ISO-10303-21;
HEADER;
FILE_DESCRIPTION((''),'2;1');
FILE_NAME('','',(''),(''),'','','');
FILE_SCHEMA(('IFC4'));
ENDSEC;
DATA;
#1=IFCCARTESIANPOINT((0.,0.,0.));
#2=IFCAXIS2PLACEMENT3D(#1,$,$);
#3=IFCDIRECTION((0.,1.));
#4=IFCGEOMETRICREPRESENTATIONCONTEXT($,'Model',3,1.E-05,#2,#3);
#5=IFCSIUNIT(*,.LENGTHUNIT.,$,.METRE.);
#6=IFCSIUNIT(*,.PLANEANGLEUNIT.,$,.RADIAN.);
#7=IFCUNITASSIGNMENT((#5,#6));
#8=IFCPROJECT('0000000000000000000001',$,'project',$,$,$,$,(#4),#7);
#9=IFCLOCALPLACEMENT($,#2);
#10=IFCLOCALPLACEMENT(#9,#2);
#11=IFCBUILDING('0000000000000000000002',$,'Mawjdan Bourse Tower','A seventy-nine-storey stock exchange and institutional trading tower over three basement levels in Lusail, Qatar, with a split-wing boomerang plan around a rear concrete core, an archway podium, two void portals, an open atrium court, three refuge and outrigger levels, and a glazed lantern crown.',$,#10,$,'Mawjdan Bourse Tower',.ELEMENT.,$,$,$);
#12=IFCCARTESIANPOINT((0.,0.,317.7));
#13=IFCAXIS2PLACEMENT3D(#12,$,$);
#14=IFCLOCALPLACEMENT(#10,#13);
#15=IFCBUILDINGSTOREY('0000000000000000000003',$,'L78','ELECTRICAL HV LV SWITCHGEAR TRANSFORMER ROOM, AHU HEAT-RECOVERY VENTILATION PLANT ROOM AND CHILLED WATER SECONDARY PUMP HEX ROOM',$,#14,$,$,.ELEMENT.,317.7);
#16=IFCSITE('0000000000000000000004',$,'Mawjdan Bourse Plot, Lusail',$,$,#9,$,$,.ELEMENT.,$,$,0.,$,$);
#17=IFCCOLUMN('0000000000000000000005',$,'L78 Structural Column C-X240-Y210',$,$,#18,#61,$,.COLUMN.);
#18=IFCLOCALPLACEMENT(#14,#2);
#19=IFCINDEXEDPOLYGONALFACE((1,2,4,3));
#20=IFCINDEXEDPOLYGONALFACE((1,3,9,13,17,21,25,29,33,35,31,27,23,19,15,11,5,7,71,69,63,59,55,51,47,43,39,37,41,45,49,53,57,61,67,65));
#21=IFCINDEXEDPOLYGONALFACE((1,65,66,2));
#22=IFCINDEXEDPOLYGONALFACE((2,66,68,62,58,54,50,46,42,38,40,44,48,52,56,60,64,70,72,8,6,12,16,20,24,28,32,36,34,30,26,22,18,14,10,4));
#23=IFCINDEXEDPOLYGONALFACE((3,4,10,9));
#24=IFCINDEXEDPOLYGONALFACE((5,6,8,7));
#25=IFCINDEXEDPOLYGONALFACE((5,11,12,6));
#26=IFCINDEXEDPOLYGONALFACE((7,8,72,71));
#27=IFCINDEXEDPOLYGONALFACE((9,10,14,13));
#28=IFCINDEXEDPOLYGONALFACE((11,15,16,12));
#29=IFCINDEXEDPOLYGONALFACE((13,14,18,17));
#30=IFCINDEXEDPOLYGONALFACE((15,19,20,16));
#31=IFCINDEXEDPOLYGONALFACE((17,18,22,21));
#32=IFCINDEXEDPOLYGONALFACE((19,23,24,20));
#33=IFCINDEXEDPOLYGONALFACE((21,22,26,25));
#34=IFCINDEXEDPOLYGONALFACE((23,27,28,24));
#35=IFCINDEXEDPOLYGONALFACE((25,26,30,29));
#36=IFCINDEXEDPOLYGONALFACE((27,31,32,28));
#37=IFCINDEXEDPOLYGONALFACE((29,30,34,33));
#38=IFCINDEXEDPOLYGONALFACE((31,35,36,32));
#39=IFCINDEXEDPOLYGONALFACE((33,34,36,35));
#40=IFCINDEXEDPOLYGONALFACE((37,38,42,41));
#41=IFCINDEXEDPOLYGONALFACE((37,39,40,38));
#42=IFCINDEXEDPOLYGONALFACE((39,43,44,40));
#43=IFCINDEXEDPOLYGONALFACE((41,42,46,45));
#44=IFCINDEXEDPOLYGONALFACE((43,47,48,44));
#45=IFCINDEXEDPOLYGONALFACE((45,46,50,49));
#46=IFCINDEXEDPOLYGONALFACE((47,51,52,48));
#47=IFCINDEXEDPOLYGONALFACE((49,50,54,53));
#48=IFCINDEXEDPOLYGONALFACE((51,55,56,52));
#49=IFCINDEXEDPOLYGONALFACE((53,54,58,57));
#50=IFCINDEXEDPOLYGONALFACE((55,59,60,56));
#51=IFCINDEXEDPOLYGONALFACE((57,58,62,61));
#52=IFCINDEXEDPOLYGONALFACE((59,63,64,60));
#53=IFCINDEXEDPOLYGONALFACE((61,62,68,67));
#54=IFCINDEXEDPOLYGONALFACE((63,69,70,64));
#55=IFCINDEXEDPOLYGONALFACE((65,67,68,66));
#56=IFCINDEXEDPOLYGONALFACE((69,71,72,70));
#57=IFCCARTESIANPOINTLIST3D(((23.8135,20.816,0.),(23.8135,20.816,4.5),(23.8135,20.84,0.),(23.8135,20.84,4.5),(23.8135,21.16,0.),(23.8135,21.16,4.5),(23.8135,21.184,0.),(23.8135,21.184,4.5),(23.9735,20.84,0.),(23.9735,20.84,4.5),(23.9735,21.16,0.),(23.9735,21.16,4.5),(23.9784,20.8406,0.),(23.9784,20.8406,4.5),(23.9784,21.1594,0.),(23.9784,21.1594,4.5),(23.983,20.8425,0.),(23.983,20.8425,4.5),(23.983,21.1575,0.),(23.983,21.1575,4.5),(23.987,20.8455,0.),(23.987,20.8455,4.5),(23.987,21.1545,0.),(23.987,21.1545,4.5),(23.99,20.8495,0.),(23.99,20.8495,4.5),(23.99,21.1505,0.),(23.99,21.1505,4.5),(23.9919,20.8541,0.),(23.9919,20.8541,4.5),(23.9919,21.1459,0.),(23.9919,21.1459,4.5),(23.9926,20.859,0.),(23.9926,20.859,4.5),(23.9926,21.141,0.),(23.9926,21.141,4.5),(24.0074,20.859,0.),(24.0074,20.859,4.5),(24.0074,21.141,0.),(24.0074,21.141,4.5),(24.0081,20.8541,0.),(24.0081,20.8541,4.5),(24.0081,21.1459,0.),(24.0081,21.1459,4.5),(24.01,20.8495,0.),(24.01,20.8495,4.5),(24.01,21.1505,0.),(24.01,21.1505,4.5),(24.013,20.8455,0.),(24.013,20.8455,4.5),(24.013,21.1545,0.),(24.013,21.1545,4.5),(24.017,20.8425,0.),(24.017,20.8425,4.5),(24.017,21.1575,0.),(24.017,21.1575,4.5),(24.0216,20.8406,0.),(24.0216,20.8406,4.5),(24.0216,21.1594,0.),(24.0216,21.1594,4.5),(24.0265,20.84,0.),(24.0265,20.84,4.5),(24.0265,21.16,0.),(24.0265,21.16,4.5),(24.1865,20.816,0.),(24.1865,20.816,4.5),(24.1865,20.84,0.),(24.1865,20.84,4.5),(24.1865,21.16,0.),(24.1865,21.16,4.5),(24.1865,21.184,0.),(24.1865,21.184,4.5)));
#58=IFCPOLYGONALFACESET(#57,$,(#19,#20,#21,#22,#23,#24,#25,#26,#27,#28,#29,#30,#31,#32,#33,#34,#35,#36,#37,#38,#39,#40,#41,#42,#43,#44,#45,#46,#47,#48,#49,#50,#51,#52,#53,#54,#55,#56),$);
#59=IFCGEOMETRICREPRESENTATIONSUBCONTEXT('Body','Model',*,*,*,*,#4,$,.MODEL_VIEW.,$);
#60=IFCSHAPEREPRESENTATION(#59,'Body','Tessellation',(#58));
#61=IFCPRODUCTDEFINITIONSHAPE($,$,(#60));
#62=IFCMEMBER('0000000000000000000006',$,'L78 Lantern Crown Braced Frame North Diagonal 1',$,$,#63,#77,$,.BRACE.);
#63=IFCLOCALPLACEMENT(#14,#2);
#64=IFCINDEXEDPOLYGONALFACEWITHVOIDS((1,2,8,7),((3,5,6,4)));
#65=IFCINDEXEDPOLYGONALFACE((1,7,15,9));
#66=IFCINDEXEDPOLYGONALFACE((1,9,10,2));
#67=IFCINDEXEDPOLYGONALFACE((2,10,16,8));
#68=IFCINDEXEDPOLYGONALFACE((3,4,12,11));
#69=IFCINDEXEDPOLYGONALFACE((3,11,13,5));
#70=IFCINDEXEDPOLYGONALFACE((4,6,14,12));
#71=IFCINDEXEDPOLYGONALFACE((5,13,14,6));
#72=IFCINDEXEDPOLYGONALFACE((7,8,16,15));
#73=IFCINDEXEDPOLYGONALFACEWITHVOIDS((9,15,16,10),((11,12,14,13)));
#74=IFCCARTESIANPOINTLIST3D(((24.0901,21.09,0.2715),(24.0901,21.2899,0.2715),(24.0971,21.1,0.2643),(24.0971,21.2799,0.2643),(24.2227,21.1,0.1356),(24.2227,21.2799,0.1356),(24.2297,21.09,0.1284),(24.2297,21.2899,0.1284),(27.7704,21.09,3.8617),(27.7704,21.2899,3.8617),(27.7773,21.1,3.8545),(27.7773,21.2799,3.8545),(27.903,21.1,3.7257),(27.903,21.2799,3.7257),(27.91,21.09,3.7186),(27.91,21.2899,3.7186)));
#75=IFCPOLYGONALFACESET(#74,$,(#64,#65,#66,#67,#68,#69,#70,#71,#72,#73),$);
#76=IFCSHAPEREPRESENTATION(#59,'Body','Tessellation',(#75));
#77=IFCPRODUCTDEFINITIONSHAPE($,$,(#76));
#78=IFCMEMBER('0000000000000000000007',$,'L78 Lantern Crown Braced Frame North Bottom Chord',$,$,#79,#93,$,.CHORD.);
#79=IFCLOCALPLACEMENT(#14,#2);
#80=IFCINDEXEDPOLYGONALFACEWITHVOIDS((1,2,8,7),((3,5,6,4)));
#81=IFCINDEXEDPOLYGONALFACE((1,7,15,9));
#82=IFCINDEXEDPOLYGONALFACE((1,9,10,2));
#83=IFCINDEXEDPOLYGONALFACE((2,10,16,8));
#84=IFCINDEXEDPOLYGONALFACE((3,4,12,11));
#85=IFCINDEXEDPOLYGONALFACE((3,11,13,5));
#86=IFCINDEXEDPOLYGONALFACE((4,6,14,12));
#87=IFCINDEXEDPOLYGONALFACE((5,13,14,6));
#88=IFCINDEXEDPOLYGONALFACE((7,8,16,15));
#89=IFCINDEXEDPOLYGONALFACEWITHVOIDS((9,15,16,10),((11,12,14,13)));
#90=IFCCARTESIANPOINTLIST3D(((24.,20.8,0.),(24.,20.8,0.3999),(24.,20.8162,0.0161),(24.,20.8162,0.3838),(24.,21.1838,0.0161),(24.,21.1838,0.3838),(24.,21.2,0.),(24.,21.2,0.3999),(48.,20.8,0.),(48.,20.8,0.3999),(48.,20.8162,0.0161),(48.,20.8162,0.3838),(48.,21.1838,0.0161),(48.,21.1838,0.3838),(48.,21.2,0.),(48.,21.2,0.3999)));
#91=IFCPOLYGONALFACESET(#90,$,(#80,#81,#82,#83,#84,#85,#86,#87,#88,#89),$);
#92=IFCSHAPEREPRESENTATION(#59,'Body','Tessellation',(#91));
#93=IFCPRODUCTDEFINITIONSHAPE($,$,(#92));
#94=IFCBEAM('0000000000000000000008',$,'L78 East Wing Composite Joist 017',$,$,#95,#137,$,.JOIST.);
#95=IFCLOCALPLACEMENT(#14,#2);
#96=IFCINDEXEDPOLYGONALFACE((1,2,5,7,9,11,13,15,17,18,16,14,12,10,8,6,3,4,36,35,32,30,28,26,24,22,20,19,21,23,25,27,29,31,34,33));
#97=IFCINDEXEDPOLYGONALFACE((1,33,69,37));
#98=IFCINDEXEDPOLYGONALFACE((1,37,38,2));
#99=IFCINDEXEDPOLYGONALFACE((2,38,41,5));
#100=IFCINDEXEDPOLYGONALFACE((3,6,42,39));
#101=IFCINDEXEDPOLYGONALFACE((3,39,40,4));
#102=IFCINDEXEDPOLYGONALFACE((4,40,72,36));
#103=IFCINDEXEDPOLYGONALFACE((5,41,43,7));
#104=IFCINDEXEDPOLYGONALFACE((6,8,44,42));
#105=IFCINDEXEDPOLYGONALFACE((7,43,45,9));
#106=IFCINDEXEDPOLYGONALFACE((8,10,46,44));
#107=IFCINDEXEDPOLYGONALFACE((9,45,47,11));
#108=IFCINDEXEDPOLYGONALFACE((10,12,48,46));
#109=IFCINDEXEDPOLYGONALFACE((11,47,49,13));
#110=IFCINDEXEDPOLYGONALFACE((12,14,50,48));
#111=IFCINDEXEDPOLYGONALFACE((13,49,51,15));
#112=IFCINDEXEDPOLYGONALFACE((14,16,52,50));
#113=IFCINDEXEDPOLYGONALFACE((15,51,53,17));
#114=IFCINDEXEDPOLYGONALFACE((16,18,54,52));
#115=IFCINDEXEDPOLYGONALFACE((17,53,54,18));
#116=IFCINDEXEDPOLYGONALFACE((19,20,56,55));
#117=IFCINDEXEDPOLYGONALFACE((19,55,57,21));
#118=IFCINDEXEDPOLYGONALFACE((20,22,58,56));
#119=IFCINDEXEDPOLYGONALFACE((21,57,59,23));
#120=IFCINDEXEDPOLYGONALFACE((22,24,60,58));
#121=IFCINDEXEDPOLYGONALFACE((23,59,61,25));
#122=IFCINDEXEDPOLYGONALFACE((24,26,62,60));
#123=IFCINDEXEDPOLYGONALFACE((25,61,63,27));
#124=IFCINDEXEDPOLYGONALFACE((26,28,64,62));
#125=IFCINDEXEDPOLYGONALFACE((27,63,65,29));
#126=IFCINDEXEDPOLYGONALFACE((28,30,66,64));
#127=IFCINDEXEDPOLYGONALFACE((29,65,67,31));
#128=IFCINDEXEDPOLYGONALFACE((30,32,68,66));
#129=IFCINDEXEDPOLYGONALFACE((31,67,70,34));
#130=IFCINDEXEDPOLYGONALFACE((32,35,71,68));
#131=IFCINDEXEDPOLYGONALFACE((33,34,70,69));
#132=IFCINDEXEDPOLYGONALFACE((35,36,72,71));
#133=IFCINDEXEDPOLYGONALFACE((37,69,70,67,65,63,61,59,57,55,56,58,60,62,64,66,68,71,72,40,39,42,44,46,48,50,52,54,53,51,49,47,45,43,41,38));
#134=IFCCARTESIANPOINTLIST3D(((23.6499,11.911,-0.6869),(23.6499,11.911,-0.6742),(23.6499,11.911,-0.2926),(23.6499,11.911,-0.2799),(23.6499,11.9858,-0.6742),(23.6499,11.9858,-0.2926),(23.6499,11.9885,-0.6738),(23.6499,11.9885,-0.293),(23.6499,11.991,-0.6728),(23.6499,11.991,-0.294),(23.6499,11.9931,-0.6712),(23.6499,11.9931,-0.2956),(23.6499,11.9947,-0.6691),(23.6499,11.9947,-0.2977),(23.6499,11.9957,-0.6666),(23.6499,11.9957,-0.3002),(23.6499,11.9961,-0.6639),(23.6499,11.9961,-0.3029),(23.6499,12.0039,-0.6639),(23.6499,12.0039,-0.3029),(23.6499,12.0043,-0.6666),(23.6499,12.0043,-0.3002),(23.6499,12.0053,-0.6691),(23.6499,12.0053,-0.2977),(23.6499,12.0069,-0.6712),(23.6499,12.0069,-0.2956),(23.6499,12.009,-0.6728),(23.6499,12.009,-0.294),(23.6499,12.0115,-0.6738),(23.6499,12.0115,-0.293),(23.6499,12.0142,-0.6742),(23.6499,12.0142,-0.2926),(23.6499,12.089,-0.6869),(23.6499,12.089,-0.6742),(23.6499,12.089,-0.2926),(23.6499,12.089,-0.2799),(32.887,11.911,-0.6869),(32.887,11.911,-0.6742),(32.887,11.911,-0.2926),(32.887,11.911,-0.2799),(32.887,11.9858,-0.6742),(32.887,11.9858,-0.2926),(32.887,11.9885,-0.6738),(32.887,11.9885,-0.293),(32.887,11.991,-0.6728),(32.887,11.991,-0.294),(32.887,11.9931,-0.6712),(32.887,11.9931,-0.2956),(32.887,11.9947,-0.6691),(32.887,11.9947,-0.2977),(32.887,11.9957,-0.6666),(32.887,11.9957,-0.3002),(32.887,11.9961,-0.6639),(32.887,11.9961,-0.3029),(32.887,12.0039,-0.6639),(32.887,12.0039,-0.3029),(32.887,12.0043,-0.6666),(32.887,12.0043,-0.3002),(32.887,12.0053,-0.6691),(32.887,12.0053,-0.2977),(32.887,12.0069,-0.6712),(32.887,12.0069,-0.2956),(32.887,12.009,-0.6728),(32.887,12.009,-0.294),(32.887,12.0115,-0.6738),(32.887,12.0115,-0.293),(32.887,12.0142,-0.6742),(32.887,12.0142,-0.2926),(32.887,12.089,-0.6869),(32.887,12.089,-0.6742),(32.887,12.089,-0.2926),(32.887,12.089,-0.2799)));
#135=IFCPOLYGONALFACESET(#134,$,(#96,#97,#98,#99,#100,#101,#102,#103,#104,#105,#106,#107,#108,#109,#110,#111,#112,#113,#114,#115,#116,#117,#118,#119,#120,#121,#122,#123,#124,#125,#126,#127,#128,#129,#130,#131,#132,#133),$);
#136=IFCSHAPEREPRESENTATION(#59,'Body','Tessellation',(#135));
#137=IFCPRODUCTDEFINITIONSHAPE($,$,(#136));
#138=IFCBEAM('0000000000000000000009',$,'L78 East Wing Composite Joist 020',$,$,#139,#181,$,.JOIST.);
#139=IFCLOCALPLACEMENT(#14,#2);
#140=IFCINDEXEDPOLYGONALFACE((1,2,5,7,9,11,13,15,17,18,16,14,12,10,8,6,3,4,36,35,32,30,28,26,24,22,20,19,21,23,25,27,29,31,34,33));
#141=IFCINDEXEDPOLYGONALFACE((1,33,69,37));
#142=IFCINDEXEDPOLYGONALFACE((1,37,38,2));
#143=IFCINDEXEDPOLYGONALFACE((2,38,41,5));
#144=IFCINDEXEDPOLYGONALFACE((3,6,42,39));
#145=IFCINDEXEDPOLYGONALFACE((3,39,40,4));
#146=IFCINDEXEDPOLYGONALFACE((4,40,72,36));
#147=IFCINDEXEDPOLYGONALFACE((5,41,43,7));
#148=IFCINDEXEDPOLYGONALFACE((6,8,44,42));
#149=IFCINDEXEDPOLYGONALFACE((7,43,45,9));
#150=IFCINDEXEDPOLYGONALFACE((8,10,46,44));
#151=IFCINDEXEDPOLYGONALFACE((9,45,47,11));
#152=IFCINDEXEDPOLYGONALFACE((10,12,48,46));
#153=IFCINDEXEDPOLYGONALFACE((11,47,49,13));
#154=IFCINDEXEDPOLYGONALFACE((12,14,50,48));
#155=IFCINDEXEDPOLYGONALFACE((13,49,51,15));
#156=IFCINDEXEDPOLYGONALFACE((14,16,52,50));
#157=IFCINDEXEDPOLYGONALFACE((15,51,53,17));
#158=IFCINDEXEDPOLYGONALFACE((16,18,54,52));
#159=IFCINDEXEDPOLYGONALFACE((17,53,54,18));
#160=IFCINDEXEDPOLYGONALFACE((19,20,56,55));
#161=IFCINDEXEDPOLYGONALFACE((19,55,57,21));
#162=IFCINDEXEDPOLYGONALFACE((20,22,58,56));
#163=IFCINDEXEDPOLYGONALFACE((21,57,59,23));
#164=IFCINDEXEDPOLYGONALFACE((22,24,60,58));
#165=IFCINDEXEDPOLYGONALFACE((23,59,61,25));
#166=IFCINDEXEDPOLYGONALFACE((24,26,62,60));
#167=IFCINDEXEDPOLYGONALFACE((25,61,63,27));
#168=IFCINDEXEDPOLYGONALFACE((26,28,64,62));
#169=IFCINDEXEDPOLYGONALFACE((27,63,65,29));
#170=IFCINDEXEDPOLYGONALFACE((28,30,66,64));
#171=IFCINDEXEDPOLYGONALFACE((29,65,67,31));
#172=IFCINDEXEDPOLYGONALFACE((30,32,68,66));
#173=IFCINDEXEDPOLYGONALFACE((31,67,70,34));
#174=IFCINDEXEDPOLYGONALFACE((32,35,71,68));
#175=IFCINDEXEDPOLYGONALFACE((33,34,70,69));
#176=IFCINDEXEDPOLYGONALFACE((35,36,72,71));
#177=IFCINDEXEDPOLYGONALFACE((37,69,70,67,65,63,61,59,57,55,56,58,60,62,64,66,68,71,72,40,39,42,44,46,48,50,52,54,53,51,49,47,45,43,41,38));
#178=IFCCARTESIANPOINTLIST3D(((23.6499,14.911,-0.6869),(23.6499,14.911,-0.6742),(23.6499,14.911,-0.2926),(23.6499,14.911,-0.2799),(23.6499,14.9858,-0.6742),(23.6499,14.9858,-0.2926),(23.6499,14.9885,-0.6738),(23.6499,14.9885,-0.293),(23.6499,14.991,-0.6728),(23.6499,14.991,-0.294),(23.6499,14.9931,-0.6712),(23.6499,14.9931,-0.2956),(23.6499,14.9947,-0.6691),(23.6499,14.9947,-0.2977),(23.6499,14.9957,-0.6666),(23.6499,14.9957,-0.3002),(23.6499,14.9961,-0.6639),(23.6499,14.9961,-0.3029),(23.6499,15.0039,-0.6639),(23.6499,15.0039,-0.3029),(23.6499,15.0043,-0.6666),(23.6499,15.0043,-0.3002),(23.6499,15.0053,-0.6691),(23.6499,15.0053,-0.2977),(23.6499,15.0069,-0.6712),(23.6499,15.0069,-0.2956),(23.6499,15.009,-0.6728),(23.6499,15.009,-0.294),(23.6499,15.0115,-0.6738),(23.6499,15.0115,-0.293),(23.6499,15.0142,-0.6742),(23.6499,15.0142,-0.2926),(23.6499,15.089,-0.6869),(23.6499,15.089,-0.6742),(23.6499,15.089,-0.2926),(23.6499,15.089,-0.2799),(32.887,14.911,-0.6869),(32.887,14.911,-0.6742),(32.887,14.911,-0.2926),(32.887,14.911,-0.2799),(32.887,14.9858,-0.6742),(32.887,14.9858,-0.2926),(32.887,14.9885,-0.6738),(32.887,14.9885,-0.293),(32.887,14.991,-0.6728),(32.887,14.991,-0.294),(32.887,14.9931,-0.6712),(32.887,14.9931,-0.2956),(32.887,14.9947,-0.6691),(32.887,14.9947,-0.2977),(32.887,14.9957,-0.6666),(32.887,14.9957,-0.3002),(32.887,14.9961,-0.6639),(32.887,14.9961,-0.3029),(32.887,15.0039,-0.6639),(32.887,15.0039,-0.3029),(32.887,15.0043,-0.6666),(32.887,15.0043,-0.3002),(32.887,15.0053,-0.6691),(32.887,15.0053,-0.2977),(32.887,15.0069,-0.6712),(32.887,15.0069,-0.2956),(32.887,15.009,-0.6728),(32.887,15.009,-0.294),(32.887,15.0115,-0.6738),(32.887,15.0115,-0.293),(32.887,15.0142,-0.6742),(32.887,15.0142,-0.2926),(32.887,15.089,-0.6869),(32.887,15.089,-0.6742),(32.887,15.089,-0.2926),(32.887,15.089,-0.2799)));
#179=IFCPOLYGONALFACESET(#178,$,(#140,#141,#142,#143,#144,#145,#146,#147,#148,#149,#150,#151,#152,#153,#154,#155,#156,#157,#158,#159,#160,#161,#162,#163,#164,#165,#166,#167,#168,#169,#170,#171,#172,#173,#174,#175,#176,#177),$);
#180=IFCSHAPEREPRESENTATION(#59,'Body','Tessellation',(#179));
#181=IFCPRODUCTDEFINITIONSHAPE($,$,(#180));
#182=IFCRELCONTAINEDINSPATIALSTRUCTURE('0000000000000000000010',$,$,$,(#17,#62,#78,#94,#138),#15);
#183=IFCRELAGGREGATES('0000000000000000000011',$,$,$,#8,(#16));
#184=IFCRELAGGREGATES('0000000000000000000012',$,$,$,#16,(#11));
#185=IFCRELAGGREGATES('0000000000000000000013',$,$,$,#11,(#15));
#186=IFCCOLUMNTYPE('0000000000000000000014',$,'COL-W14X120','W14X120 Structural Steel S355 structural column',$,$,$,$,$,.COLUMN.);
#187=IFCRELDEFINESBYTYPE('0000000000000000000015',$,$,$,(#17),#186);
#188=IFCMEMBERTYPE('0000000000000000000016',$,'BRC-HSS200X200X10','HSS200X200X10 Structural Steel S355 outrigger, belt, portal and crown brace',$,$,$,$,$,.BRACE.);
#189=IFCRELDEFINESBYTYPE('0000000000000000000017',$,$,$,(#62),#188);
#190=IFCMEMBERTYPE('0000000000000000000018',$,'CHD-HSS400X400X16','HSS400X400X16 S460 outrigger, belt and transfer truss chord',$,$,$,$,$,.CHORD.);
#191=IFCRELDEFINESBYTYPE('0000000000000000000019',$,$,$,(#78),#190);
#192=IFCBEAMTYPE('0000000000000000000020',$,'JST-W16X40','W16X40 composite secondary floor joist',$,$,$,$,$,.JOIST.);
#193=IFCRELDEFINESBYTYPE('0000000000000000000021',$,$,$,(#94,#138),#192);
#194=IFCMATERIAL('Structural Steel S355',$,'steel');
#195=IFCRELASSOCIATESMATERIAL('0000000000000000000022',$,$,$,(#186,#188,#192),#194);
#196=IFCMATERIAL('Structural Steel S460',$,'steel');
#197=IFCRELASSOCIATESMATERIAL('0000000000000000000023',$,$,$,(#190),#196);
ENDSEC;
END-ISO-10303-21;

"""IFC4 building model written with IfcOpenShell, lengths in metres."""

from ifc_helpers import new_model, si_unit, direction, frame, origin, origin_2d, place, context, subcontext, project, spatial, hollow_rectangle, i_section, extrude, material, material_profile, profile_set, type_object, element, save


model = new_model("IFC4")

# Units and contexts
model_context = context("Model", 3, precision=1e-05, world=origin(), true_north=direction((0.0, 1.0)))
body_context = subcontext(model_context, "Body", "Model", "MODEL_VIEW")
ifc_project = project(units=[si_unit("LENGTHUNIT", "METRE"), si_unit("PLANEANGLEUNIT", "RADIAN")], contexts=[model_context])

# Site, building, storey
site_placement = place(None, origin())
site = spatial("IfcSite", under=ifc_project, at=site_placement, Name="Mawjdan Bourse Plot, Lusail", CompositionType="ELEMENT", RefElevation=0.0)
building_placement = place(site_placement, origin())
building = spatial("IfcBuilding", under=site, at=building_placement, Name="Mawjdan Bourse Tower", Description="A seventy-nine-storey stock exchange and institutional trading tower over three basement levels in Lusail, Qatar, with a split-wing boomerang plan around a rear concrete core, an archway podium, two void portals, an open atrium court, three refuge and outrigger levels, and a glazed lantern crown.", LongName="Mawjdan Bourse Tower", CompositionType="ELEMENT")
storey_placement = place(building_placement, frame((0.0, 0.0, 317.7)))
storey = spatial("IfcBuildingStorey", under=building, at=storey_placement, Name="L78", Description="ELECTRICAL HV LV SWITCHGEAR TRANSFORMER ROOM, AHU HEAT-RECOVERY VENTILATION PLANT ROOM AND CHILLED WATER SECONDARY PUMP HEX ROOM", CompositionType="ELEMENT", Elevation=317.7)

# Column
ifc_material_1 = material(Name="Structural Steel S355", Category="steel")
ifc_material_profile_1 = material_profile(ifc_material_1, i_section(OverallWidth=0.373, OverallDepth=0.3679, WebThickness=0.0149, FlangeThickness=0.0239, FilletRadius=0.019, at=origin_2d()), Name="W14X120")
ifc_profile_set_1 = profile_set([ifc_material_profile_1], Name="Structural Steel S355")
column_type = type_object("IfcColumnType", Name="COL-W14X120", Description="W14X120 Structural Steel S355 structural column", PredefinedType="COLUMN", material=ifc_profile_set_1)
column_placement = place(storey_placement, frame((24.0, 21.0, 0.0), z_axis=(0.0, 0.0, 1.0), x_axis=(1.0, 0.0, 0.0)))
element("IfcColumn", 1, at=column_placement, inside=storey, type_object=column_type, Name="L78 Structural Column C-X240-Y210", PredefinedType="COLUMN", context=body_context, shape_type="SweptSolid", body=[
    extrude(i_section(OverallWidth=0.373, OverallDepth=0.3679, WebThickness=0.0149, FlangeThickness=0.0239, FilletRadius=0.019, at=origin_2d()), origin(), (0.0, 0.0, 1.0), 4.5),
])

# Members
ifc_material_profile_2 = material_profile(ifc_material_1, hollow_rectangle(XDim=0.2, YDim=0.2, WallThickness=0.01, at=origin_2d()), Name="HSS200X200X10")
ifc_profile_set_2 = profile_set([ifc_material_profile_2], Name="Structural Steel S355")
member_type_1 = type_object("IfcMemberType", Name="BRC-HSS200X200X10", Description="HSS200X200X10 Structural Steel S355 outrigger, belt, portal and crown brace", PredefinedType="BRACE", material=ifc_profile_set_2)
member_1_placement = place(storey_placement, frame((24.1599, 21.1899, 0.2), z_axis=(0.715814, 0.0, 0.698291), x_axis=(0.0, 1.0, 0.0)))
element("IfcMember", 2, at=member_1_placement, inside=storey, type_object=member_type_1, Name="L78 Lantern Crown Braced Frame North Diagonal 1", PredefinedType="BRACE", context=body_context, shape_type="SweptSolid", body=[
    extrude(hollow_rectangle(XDim=0.2, YDim=0.2, WallThickness=0.01, at=origin_2d()), origin(), (0.0, 0.0, 1.0), 5.1414),
])
ifc_material_2 = material(Name="Structural Steel S460", Category="steel")
ifc_material_profile_3 = material_profile(ifc_material_2, hollow_rectangle(XDim=0.3999, YDim=0.3999, WallThickness=0.0161, at=origin_2d()), Name="HSS400X400X16")
ifc_profile_set_3 = profile_set([ifc_material_profile_3], Name="Structural Steel S460")
member_type_2 = type_object("IfcMemberType", Name="CHD-HSS400X400X16", Description="HSS400X400X16 S460 outrigger, belt and transfer truss chord", PredefinedType="CHORD", material=ifc_profile_set_3)
member_2_placement = place(storey_placement, frame((24.0, 21.0, 0.2), z_axis=(1.0, 0.0, 0.0), x_axis=(0.0, 1.0, 0.0)))
element("IfcMember", 3, at=member_2_placement, inside=storey, type_object=member_type_2, Name="L78 Lantern Crown Braced Frame North Bottom Chord", PredefinedType="CHORD", context=body_context, shape_type="SweptSolid", body=[
    extrude(hollow_rectangle(XDim=0.3999, YDim=0.3999, WallThickness=0.0161, at=origin_2d()), origin(), (0.0, 0.0, 1.0), 24.0),
])

# Beams
ifc_material_profile_4 = material_profile(ifc_material_1, i_section(OverallWidth=0.178, OverallDepth=0.407, WebThickness=0.0078, FlangeThickness=0.0127, FilletRadius=0.0103, at=origin_2d()), Name="W16X40")
ifc_profile_set_4 = profile_set([ifc_material_profile_4], Name="Structural Steel S355")
beam_type_1 = type_object("IfcBeamType", Name="JST-W16X40", Description="W16X40 composite secondary floor joist", PredefinedType="JOIST", material=ifc_profile_set_4)
for number, where, z_axis, x_axis, name in (
    (4, (23.6499, 12.0, -0.4834), (1.0, 0.0, 0.0), (0.0, 1.0, 0.0), "L78 East Wing Composite Joist 017"),
    (5, (23.6499, 15.0, -0.4834), (1.0, 0.0, 0.0), (0.0, 1.0, 0.0), "L78 East Wing Composite Joist 020"),
):
    element("IfcBeam", number, at=place(storey_placement, frame(where, z_axis=z_axis, x_axis=x_axis)), inside=storey, type_object=beam_type_1, Name=name, PredefinedType="JOIST", context=body_context, shape_type="SweptSolid", body=[
        extrude(i_section(OverallWidth=0.178, OverallDepth=0.407, WebThickness=0.0078, FlangeThickness=0.0127, FilletRadius=0.0103, at=origin_2d()), origin(), (0.0, 0.0, 1.0), 9.2371),
    ])

save(model, "model.ifc")
